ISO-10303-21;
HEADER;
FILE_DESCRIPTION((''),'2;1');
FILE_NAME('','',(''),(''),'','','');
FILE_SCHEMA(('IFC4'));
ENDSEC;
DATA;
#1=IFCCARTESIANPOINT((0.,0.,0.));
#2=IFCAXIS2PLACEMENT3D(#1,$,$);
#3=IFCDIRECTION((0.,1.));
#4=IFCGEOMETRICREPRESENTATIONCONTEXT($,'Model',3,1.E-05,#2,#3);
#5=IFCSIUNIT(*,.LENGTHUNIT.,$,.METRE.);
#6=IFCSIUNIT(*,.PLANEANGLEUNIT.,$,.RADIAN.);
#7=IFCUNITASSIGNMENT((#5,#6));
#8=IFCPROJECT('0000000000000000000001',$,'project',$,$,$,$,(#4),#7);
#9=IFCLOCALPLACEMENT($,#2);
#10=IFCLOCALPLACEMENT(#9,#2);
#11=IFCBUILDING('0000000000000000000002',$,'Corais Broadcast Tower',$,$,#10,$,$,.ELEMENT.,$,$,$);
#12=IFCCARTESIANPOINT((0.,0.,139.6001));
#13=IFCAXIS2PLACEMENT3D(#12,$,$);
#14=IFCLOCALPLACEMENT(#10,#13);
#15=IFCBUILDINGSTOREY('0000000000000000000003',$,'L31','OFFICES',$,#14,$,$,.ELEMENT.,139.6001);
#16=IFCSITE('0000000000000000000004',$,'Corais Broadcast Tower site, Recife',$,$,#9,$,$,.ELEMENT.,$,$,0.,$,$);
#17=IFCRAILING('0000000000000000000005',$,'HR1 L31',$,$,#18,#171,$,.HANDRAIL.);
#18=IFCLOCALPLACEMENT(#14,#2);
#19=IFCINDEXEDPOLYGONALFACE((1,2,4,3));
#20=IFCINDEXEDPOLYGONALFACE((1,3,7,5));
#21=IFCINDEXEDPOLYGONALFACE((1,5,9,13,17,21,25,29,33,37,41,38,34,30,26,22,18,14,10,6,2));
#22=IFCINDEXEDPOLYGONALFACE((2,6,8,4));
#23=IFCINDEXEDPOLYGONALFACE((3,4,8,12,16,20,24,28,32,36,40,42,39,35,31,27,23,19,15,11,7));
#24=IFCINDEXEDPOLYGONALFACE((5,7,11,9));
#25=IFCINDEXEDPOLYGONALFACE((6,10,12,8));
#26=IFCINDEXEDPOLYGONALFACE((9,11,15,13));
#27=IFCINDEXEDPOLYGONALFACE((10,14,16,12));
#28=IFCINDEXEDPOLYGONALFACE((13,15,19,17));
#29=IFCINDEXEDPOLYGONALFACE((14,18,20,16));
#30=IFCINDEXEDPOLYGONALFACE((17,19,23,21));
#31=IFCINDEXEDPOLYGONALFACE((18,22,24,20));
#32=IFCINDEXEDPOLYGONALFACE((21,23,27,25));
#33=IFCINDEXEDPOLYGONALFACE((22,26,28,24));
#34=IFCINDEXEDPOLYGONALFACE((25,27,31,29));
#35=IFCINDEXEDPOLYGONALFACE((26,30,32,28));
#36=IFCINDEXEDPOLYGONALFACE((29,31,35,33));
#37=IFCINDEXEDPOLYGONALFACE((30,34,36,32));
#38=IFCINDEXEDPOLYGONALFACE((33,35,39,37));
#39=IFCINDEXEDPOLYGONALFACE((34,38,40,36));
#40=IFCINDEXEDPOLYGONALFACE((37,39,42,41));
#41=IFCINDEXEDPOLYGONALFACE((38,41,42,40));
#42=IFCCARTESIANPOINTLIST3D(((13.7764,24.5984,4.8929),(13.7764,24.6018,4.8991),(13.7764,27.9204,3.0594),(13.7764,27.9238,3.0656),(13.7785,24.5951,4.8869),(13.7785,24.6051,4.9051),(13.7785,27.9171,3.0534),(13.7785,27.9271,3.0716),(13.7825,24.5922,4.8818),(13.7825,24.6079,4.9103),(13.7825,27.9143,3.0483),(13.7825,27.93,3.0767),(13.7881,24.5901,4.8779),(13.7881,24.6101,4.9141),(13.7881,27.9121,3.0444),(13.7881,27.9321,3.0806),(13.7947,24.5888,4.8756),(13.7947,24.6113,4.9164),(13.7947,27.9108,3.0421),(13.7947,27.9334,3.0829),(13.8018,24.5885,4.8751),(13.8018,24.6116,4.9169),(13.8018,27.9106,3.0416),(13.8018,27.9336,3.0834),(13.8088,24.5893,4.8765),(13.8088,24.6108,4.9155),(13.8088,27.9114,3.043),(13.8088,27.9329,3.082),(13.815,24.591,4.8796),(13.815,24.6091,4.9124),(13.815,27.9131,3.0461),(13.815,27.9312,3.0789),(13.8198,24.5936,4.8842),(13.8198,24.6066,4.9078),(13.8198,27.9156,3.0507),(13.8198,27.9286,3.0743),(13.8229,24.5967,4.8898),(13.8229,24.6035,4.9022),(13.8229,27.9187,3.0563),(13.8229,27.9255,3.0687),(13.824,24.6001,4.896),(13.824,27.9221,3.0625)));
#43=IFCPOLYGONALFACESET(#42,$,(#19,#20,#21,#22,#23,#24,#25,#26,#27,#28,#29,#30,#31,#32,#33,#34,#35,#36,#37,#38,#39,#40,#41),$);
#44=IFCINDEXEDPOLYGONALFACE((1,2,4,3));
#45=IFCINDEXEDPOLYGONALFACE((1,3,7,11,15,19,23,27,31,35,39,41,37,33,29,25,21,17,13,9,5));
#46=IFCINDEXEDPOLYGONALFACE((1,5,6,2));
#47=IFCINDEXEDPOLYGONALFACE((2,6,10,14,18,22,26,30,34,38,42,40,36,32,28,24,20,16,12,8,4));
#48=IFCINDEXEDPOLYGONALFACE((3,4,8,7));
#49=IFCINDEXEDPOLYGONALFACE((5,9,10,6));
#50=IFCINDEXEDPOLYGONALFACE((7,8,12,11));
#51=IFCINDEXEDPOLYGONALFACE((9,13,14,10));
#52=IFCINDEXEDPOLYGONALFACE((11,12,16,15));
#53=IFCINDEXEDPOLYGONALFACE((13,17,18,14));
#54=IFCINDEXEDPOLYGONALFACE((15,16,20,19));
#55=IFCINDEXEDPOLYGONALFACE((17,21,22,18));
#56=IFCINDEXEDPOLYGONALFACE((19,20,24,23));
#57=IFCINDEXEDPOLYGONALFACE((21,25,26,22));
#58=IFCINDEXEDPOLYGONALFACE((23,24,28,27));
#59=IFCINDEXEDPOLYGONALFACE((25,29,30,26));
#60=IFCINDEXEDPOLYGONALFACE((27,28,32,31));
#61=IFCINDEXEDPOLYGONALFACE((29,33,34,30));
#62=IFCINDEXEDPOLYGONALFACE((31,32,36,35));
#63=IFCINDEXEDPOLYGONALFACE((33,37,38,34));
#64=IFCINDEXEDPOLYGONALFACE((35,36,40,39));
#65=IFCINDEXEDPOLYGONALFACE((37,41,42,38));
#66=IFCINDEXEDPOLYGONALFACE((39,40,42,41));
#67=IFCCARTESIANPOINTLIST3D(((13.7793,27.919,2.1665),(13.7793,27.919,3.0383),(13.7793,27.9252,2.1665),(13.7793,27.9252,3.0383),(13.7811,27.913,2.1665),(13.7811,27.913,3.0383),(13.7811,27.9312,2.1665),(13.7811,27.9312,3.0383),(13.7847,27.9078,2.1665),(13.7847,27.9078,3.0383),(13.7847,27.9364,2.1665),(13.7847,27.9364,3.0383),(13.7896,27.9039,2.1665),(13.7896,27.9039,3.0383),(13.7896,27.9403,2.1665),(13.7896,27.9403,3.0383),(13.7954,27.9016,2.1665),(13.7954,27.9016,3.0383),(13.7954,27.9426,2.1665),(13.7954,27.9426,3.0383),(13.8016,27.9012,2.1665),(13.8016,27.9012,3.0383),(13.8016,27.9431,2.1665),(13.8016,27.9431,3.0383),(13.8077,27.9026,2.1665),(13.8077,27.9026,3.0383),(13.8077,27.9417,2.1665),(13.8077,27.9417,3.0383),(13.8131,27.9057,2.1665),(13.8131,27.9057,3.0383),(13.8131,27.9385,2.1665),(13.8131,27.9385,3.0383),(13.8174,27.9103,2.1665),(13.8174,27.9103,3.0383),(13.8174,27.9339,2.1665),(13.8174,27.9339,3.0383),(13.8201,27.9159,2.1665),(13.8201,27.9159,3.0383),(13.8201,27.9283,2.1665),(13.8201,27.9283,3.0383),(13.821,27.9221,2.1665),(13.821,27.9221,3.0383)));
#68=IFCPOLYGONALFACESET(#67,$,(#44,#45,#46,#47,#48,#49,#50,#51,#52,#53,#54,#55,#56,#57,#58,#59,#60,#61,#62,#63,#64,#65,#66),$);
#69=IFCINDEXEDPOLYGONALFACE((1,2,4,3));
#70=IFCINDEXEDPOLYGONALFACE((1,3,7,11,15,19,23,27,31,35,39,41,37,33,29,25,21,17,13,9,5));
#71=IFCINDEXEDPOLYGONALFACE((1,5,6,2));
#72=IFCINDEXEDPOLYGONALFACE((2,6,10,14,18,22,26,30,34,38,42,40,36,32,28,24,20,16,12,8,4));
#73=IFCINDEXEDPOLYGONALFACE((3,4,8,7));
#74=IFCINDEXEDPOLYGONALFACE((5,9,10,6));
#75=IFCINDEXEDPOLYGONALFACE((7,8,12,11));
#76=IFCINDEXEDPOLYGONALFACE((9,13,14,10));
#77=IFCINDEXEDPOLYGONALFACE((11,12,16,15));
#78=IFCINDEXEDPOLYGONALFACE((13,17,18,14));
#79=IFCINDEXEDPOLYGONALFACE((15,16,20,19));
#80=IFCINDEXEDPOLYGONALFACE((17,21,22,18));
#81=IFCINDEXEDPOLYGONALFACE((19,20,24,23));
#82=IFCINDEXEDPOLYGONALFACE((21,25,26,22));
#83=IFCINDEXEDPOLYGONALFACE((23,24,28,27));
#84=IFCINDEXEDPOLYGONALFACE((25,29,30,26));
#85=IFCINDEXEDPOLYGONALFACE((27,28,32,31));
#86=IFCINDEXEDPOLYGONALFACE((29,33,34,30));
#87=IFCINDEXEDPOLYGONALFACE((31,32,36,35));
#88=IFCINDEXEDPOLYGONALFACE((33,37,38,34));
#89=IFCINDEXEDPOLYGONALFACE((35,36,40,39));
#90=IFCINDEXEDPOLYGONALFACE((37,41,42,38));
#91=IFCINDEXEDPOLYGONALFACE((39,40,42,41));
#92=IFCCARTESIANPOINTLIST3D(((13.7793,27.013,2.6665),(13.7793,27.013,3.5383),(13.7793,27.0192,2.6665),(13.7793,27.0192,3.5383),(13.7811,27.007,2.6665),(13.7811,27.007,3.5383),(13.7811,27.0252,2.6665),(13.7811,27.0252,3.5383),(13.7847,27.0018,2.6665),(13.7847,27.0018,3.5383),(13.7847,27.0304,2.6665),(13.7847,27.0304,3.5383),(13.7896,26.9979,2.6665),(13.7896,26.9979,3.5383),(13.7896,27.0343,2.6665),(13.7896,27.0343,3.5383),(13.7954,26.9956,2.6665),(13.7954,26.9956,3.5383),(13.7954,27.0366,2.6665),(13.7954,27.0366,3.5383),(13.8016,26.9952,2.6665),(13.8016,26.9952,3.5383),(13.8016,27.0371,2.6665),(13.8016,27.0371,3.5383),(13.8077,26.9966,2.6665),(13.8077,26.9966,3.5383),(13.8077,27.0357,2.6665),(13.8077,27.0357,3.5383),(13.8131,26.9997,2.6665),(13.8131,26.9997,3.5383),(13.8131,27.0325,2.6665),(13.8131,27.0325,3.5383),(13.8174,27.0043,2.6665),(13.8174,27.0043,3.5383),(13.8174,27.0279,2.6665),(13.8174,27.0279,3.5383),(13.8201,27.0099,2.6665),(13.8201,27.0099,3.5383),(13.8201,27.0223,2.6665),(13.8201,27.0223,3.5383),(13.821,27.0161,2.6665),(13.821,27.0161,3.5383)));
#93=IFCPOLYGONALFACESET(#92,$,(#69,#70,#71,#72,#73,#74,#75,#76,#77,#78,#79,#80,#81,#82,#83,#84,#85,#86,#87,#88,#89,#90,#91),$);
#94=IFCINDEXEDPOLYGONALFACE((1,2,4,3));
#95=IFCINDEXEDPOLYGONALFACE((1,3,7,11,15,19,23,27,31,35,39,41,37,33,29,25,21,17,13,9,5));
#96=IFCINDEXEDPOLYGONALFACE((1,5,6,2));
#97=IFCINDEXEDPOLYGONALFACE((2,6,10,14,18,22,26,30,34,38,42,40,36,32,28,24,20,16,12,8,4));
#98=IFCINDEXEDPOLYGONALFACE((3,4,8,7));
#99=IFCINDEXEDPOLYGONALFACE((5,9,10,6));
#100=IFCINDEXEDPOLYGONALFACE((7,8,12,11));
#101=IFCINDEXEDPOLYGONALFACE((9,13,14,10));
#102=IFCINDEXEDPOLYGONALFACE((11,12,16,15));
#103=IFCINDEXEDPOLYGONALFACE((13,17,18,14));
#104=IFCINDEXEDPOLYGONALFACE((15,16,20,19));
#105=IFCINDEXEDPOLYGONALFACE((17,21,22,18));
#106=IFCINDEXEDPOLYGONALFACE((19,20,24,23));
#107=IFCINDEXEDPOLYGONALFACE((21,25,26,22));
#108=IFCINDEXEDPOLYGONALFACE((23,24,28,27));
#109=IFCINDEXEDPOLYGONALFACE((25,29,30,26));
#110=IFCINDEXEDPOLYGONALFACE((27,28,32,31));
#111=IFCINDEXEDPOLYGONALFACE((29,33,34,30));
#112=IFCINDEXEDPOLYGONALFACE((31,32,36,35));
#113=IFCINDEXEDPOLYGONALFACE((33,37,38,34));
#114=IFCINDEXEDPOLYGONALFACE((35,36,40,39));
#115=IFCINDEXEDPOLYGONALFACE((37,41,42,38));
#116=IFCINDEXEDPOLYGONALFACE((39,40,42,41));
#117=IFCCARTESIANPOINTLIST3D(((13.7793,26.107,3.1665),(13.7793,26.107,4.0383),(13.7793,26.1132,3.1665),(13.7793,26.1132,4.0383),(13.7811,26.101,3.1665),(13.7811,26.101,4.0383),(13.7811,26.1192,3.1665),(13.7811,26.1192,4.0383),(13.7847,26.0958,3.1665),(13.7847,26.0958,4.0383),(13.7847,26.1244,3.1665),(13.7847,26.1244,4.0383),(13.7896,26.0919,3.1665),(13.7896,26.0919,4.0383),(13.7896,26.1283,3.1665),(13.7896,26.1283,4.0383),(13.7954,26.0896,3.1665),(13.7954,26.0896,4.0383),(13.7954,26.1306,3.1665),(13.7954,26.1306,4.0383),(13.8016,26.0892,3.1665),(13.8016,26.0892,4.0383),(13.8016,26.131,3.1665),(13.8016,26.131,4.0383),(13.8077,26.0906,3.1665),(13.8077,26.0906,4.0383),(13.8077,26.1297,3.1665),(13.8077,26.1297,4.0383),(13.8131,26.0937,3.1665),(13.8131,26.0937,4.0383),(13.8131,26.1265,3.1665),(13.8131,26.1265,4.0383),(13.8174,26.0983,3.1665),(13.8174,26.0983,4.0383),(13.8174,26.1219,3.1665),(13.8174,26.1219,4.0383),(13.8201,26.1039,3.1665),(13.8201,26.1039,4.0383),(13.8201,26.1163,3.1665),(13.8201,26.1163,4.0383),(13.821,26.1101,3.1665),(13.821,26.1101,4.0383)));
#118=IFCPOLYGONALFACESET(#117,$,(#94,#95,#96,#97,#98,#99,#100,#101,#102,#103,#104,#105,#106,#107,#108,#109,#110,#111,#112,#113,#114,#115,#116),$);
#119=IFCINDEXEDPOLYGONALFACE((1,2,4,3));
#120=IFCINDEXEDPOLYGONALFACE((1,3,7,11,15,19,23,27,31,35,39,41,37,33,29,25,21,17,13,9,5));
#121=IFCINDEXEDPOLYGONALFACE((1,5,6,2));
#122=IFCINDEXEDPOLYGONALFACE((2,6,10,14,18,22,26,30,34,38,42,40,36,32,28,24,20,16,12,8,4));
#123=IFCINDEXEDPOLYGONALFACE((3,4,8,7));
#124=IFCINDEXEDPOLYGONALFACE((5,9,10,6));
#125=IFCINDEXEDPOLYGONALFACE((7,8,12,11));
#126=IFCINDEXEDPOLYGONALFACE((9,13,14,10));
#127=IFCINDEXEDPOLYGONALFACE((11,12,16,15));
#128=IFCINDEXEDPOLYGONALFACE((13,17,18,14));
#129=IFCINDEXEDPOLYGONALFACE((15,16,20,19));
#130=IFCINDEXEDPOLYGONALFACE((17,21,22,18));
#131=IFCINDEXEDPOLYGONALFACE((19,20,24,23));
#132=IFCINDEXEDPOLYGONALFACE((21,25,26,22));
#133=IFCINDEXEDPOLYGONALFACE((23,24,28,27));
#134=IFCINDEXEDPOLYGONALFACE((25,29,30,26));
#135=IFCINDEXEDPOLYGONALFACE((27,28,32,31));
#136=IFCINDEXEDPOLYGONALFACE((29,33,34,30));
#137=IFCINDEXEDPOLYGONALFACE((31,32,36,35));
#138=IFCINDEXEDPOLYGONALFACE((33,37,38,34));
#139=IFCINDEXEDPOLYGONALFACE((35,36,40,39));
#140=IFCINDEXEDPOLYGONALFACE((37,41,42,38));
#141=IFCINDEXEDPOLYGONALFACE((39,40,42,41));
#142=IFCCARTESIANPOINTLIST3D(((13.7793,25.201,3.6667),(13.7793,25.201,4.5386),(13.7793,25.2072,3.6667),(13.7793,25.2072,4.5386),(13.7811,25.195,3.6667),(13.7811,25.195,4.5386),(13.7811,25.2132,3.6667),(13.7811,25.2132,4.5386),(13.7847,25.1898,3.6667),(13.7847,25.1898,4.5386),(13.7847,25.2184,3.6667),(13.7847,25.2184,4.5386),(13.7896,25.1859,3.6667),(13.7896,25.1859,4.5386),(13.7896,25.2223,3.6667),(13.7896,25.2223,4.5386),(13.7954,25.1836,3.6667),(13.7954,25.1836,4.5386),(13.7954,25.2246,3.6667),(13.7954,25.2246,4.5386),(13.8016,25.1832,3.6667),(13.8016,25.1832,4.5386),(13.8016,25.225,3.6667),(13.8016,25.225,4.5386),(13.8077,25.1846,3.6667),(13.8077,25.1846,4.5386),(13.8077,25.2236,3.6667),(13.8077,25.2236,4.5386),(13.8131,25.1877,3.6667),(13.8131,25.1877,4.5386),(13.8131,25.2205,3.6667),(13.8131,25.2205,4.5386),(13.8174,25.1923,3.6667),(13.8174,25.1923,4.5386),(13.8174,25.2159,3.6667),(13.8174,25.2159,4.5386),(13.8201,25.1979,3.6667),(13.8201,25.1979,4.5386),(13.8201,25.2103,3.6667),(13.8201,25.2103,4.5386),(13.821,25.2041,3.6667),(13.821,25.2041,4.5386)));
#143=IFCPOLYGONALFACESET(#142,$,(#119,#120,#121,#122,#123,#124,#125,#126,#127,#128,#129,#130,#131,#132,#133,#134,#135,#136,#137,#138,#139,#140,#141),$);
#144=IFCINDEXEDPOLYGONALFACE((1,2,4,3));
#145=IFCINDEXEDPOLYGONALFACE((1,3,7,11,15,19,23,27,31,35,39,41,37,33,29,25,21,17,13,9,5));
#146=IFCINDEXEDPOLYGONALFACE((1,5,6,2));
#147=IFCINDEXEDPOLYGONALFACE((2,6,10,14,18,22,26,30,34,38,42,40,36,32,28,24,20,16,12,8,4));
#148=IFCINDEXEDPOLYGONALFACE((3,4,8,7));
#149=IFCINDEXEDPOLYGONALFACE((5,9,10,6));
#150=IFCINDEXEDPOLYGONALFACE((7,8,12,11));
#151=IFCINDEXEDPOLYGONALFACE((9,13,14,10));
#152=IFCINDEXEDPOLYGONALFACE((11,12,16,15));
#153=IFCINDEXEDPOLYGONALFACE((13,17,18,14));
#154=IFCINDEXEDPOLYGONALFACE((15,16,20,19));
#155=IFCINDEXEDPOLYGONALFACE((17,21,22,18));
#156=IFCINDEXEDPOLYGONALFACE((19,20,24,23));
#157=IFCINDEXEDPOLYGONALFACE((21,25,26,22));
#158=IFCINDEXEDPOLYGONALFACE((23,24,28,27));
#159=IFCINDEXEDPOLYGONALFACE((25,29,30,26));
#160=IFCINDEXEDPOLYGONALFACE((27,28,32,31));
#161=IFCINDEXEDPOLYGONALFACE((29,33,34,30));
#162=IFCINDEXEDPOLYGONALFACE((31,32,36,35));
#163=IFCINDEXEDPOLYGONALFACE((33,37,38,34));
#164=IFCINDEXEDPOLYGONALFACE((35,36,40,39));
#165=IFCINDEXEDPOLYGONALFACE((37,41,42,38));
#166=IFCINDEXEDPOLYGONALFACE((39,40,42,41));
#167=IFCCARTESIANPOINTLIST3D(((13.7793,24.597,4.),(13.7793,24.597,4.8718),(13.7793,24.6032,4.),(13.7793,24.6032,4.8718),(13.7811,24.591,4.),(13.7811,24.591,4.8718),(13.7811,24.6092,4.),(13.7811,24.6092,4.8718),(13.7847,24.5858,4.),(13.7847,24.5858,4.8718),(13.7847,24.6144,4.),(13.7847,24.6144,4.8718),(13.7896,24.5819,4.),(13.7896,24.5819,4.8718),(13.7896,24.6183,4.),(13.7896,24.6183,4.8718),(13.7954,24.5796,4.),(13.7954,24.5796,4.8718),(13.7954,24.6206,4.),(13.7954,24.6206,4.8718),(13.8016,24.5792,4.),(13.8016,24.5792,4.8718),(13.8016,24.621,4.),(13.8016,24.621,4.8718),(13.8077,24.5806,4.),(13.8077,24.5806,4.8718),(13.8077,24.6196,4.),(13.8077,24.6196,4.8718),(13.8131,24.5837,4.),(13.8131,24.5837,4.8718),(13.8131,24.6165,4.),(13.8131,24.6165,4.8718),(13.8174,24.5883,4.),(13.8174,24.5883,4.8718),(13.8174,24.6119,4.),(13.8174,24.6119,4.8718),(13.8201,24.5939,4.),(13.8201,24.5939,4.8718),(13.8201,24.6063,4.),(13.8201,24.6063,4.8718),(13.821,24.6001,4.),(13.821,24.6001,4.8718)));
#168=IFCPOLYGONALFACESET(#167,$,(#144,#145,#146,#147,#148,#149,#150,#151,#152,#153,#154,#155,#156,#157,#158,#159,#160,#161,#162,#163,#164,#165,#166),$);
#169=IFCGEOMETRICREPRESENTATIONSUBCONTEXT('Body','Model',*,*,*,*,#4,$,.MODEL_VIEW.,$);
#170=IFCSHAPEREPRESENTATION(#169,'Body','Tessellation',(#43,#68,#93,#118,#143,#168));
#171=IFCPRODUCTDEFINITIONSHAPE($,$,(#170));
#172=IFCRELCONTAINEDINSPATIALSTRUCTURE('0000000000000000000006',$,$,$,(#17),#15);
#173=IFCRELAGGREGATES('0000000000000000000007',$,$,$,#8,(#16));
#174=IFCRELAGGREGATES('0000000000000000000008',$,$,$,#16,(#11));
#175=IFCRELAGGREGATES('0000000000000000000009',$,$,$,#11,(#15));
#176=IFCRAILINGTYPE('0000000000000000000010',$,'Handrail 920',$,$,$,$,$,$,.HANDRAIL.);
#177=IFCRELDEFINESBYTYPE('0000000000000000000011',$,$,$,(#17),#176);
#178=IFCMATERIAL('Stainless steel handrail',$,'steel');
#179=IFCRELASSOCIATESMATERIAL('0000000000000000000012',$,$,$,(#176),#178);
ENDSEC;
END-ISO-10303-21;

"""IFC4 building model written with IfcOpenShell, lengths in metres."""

from ifc_helpers import new_model, si_unit, direction, frame, origin, origin_2d, place, context, subcontext, project, spatial, circle, extrude, material, type_object, element, save


model = new_model("IFC4")

# Units and contexts
model_context = context("Model", 3, precision=1e-05, world=origin(), true_north=direction((0.0, 1.0)))
body_context = subcontext(model_context, "Body", "Model", "MODEL_VIEW")
ifc_project = project(units=[si_unit("LENGTHUNIT", "METRE"), si_unit("PLANEANGLEUNIT", "RADIAN")], contexts=[model_context])

# Site, building, storey
site_placement = place(None, origin())
site = spatial("IfcSite", under=ifc_project, at=site_placement, Name="Corais Broadcast Tower site, Recife", CompositionType="ELEMENT", RefElevation=0.0)
building_placement = place(site_placement, origin())
building = spatial("IfcBuilding", under=site, at=building_placement, Name="Corais Broadcast Tower", CompositionType="ELEMENT")
storey_placement = place(building_placement, frame((0.0, 0.0, 139.6001)))
storey = spatial("IfcBuildingStorey", under=building, at=storey_placement, Name="L31", Description="OFFICES", CompositionType="ELEMENT", Elevation=139.6001)

# Railing
ifc_material_1 = material(Name="Stainless steel handrail", Category="steel")
railing_type = type_object("IfcRailingType", Name="Handrail 920", PredefinedType="HANDRAIL", material=ifc_material_1)
for number, where, name in (
    (1, (13.8, 27.9221, 2.1665), "HR1 L31"),
):
    element("IfcRailing", number, at=place(storey_placement, frame(where)), inside=storey, type_object=railing_type, Name=name, PredefinedType="HANDRAIL", context=body_context, shape_type="SweptSolid", body=[
        extrude(circle(Radius=0.0239, at=origin_2d()), frame((0.0, 0.0, 0.896), z_axis=(0.0, -0.875504, 0.48321), x_axis=(1.0, 0.0, 0.0)), (0.0, 0.0, 1.0), 3.7944),
        extrude(circle(Radius=0.021, at=origin_2d()), origin(), (0.0, 0.0, 1.0), 0.8718),
        extrude(circle(Radius=0.021, at=origin_2d()), frame((0.0, -0.906, 0.5)), (0.0, 0.0, 1.0), 0.8718),
        extrude(circle(Radius=0.021, at=origin_2d()), frame((0.0, -1.812, 1.0)), (0.0, 0.0, 1.0), 0.8718),
        extrude(circle(Radius=0.021, at=origin_2d()), frame((0.0, -2.718, 1.5002)), (0.0, 0.0, 1.0), 0.8718),
        extrude(circle(Radius=0.021, at=origin_2d()), frame((0.0, -3.322, 1.8335)), (0.0, 0.0, 1.0), 0.8718),
    ])

save(model, "model.ifc")
